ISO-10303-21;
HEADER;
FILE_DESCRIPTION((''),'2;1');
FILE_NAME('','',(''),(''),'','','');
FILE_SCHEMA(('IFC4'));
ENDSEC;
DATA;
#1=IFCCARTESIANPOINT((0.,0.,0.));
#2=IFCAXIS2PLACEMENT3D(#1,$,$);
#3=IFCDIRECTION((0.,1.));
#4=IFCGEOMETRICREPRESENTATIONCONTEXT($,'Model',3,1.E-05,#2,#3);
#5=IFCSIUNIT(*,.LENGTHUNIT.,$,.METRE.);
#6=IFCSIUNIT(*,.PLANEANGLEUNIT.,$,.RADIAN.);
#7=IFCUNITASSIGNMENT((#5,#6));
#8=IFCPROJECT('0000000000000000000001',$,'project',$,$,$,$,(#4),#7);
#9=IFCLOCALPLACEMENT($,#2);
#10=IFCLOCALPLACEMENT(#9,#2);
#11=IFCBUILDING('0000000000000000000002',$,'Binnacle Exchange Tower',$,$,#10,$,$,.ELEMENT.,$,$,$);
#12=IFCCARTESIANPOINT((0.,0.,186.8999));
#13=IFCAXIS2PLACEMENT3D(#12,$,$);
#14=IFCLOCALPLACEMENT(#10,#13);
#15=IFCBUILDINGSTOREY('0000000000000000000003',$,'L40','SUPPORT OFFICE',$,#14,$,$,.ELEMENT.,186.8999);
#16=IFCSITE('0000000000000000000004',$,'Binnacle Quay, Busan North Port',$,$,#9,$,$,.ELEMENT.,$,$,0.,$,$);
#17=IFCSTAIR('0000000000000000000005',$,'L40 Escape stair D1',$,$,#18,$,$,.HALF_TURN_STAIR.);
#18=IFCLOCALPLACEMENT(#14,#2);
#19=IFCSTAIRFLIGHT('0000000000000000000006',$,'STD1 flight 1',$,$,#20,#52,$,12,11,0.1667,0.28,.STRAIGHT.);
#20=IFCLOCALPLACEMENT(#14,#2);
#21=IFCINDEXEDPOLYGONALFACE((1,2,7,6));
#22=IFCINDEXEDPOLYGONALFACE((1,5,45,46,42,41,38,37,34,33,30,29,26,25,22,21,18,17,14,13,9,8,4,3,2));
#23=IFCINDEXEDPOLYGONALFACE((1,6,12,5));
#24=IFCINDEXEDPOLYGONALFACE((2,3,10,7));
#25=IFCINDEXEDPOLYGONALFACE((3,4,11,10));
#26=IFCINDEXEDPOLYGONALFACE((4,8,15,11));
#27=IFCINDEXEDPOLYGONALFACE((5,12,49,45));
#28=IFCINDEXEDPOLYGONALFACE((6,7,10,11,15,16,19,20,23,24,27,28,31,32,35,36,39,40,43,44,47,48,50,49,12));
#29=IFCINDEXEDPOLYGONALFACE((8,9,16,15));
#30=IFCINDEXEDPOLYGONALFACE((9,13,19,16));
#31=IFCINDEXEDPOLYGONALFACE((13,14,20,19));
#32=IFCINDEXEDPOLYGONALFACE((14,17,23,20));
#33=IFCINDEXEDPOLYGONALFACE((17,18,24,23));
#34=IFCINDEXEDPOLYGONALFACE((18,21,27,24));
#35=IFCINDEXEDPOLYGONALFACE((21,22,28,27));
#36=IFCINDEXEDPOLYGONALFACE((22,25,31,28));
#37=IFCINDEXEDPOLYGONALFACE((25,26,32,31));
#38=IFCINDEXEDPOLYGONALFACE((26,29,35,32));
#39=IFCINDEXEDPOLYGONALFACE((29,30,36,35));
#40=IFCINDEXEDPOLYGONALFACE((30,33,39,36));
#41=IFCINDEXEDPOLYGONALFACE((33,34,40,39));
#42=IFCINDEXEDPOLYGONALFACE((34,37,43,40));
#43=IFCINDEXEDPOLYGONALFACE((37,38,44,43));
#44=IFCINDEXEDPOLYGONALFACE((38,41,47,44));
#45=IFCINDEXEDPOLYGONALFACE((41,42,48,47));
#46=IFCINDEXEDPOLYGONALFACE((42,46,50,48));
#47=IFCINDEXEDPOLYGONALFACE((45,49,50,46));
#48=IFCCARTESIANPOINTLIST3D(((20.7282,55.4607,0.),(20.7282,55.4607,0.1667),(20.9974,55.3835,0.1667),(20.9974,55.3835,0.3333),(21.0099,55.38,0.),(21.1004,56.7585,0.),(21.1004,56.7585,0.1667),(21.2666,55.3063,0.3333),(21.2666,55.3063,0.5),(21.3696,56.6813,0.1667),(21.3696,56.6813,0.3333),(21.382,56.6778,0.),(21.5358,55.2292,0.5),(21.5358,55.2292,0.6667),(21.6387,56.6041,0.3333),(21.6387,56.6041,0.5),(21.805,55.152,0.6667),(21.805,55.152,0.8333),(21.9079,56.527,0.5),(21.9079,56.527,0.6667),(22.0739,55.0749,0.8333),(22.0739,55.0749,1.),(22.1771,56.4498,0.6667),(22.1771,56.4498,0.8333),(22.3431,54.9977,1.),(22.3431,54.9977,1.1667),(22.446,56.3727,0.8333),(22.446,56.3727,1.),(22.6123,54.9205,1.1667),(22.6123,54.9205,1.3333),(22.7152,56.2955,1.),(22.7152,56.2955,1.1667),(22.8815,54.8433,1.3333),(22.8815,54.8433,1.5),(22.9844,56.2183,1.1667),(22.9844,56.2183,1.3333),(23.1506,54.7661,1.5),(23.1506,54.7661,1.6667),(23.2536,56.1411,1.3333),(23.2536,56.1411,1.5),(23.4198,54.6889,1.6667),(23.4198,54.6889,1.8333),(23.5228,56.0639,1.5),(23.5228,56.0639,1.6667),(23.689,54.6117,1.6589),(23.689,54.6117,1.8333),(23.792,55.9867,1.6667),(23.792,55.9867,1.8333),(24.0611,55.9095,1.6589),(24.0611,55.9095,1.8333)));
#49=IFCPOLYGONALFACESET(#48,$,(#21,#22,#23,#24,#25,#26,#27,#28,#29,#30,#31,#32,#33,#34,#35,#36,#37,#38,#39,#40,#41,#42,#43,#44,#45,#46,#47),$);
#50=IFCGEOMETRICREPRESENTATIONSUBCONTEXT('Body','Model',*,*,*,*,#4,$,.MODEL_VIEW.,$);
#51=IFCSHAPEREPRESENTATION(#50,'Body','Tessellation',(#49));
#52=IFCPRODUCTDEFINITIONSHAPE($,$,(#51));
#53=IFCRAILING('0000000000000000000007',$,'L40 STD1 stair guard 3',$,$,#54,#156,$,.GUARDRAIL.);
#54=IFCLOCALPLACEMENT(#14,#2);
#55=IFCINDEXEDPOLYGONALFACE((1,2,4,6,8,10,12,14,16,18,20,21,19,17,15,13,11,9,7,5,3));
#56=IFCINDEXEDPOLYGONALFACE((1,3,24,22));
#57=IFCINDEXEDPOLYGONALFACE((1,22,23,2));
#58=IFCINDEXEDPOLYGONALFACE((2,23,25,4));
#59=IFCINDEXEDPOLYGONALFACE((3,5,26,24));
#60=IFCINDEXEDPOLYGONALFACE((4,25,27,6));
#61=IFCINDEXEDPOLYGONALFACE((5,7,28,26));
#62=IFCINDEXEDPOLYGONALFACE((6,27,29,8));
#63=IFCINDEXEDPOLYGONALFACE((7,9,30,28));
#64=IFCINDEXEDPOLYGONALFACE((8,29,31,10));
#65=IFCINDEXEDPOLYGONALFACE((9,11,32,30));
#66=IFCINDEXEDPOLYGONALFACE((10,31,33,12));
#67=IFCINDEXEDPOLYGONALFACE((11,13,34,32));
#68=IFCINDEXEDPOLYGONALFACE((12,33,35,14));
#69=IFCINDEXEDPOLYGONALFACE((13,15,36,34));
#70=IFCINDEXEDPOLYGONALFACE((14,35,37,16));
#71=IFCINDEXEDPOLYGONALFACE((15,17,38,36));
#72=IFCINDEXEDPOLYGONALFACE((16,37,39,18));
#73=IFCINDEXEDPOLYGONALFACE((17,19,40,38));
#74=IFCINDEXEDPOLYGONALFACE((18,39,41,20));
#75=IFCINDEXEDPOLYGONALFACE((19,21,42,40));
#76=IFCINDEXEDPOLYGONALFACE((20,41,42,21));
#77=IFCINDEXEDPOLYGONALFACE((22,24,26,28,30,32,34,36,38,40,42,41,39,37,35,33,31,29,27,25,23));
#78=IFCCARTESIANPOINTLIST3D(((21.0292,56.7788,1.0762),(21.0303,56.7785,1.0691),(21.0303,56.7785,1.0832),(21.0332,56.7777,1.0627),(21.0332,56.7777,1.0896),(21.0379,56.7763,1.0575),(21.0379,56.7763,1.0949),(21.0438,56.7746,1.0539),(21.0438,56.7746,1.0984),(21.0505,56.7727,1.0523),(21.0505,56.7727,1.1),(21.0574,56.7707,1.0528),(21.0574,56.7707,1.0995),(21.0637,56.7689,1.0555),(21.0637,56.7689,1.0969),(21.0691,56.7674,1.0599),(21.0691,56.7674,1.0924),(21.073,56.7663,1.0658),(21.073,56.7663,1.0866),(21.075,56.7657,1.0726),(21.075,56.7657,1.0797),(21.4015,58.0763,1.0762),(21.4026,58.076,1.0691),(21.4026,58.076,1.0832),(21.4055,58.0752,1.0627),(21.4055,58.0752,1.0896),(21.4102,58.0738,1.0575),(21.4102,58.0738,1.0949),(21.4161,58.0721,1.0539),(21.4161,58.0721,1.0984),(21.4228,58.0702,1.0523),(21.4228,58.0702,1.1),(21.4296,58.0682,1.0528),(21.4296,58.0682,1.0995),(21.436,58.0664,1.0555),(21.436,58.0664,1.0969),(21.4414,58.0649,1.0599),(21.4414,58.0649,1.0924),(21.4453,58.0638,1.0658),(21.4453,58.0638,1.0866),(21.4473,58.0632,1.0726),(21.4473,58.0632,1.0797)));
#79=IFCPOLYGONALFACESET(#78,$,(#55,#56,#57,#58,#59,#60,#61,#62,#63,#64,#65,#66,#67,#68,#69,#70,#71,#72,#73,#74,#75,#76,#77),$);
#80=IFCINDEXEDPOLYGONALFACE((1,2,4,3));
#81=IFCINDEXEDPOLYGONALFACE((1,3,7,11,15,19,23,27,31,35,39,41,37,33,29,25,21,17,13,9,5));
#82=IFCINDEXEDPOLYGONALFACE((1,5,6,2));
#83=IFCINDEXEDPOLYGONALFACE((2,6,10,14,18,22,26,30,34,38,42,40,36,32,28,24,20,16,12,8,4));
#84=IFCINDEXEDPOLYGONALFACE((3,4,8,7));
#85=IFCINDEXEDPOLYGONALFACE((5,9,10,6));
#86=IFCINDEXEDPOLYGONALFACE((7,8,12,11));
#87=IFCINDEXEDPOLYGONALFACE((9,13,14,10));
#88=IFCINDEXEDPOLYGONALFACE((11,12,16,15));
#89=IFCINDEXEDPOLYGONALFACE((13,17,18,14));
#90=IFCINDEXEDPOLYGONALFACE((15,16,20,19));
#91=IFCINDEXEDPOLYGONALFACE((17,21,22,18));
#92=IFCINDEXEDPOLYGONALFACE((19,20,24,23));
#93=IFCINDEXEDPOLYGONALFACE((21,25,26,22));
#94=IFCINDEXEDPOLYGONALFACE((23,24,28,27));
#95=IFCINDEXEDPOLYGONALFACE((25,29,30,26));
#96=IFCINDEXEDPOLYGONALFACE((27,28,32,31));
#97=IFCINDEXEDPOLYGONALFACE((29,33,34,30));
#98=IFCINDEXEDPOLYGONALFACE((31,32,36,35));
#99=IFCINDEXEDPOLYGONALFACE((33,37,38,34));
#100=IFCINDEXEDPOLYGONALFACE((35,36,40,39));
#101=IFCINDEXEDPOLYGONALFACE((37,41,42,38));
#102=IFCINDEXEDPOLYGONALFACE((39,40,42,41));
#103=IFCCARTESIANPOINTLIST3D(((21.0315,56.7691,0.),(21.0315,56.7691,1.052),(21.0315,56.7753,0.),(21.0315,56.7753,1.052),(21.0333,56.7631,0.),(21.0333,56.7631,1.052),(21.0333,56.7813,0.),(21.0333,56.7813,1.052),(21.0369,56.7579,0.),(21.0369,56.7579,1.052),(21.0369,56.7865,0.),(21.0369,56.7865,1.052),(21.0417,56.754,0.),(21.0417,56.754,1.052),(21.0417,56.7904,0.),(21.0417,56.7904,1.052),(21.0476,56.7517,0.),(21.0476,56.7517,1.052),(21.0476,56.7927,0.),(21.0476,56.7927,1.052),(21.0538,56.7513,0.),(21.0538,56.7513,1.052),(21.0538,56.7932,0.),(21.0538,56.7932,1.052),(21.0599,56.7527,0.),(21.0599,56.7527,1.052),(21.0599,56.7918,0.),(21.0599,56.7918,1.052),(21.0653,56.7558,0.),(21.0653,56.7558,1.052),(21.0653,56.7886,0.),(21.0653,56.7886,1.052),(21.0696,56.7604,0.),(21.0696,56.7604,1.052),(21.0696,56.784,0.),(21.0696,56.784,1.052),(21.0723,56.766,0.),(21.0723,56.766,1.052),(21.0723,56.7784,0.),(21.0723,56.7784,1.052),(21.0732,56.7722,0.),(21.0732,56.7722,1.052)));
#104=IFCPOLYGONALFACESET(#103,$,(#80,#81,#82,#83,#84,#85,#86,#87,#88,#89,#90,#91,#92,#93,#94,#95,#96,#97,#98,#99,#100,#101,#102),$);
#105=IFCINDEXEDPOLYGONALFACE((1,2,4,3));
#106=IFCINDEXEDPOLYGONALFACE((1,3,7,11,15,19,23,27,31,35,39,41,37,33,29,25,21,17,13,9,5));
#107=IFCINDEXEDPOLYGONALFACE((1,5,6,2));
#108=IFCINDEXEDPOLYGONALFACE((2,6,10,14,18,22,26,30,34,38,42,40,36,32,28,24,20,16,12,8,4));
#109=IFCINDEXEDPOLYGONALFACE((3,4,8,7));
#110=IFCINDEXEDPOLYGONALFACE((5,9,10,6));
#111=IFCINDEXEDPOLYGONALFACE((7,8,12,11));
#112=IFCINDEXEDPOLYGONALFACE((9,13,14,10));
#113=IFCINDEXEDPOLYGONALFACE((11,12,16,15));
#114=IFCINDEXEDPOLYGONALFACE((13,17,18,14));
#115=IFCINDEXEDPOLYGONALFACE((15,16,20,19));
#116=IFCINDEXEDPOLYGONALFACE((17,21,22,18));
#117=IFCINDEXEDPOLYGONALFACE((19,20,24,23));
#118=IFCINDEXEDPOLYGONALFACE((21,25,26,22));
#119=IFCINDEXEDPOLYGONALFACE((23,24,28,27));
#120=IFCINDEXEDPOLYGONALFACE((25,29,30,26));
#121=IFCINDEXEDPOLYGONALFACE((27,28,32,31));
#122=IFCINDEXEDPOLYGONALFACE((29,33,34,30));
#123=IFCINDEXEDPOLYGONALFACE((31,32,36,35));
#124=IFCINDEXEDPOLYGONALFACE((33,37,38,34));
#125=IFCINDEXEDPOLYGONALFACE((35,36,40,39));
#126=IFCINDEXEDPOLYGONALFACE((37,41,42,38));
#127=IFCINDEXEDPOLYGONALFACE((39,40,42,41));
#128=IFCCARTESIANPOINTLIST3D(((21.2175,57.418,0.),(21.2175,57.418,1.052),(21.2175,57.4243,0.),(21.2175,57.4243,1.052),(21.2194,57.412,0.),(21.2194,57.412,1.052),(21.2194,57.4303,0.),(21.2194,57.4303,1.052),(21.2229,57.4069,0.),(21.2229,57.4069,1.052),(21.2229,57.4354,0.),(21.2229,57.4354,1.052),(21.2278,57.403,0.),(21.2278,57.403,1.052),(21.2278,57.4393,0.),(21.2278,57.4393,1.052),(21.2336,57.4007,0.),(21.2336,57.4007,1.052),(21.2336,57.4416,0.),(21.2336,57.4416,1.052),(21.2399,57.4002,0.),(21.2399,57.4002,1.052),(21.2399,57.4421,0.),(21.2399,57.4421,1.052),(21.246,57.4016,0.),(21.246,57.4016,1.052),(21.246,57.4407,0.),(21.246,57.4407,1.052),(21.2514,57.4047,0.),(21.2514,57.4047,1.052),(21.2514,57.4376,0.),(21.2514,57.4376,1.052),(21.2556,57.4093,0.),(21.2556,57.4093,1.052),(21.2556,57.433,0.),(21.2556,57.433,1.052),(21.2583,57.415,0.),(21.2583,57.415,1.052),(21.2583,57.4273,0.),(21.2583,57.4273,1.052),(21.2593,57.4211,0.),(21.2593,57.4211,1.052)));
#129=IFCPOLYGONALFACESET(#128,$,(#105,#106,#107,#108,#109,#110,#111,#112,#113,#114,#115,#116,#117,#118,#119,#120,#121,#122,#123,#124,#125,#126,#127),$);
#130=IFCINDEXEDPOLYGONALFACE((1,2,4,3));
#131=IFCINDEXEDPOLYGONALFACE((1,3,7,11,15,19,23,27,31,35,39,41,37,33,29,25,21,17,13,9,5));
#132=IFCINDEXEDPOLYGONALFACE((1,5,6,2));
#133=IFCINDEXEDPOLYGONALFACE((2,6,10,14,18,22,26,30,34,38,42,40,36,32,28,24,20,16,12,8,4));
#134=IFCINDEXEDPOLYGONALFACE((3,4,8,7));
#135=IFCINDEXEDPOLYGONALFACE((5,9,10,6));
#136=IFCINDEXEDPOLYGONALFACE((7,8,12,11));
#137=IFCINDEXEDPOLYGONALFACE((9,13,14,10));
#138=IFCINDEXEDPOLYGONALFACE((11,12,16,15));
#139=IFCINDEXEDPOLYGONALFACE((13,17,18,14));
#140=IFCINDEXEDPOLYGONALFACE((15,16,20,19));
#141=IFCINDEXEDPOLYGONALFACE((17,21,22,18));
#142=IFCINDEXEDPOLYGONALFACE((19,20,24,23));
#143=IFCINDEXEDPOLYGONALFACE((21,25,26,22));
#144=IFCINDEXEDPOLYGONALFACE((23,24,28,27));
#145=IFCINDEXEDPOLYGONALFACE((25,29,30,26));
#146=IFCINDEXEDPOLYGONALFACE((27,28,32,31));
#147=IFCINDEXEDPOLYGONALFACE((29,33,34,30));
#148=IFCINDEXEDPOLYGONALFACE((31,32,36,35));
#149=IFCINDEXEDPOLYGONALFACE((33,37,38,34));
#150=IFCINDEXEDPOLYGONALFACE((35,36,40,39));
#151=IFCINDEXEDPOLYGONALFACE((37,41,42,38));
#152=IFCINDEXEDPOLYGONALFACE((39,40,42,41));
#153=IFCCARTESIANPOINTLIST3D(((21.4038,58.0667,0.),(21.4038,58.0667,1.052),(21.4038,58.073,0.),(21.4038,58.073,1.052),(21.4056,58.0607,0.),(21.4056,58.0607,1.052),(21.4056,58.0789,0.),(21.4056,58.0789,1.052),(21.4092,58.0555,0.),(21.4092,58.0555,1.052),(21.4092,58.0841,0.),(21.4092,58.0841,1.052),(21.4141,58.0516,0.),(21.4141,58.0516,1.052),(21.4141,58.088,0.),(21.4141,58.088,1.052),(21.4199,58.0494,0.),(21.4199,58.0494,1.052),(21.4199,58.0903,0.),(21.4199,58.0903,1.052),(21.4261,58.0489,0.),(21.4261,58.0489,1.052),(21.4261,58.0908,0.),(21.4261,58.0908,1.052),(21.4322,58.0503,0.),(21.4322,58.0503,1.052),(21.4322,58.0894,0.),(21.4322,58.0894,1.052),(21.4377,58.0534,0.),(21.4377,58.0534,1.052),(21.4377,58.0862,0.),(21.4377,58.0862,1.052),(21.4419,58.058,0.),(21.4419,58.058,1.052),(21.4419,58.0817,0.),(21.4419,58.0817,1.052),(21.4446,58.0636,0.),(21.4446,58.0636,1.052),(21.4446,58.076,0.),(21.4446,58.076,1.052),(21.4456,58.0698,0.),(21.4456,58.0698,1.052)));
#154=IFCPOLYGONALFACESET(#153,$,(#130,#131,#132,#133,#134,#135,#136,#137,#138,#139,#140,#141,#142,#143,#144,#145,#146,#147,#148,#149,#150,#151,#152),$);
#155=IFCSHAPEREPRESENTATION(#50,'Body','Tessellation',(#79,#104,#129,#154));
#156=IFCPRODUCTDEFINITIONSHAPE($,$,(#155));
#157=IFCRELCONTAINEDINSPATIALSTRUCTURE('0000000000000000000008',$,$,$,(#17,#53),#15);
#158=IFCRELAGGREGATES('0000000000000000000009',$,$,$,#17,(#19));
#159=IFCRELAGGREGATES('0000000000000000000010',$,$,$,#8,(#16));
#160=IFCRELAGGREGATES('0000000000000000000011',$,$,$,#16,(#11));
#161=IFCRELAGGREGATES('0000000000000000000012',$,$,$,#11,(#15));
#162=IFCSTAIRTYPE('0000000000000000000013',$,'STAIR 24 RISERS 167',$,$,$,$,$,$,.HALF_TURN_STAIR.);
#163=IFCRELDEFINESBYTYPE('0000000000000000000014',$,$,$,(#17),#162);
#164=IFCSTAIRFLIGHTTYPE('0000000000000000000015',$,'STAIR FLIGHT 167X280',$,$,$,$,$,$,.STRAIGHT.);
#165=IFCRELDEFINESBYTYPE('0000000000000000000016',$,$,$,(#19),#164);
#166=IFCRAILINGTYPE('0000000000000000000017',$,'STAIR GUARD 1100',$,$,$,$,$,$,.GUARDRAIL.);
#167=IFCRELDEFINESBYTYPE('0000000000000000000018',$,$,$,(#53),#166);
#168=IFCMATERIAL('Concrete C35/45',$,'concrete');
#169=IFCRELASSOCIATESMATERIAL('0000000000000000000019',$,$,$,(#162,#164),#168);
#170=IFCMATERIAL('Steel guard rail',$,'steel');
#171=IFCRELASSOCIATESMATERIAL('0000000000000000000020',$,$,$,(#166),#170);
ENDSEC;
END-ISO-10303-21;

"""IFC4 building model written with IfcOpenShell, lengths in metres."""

from ifc_helpers import new_model, si_unit, direction, frame, origin, origin_2d, place, context, subcontext, project, spatial, polyline, circle, outline, extrude, material, type_object, element, aggregate, save


model = new_model("IFC4")

# Units and contexts
model_context = context("Model", 3, precision=1e-05, world=origin(), true_north=direction((0.0, 1.0)))
body_context = subcontext(model_context, "Body", "Model", "MODEL_VIEW")
ifc_project = project(units=[si_unit("LENGTHUNIT", "METRE"), si_unit("PLANEANGLEUNIT", "RADIAN")], contexts=[model_context])

# Site, building, storey
site_placement = place(None, origin())
site = spatial("IfcSite", under=ifc_project, at=site_placement, Name="Binnacle Quay, Busan North Port", CompositionType="ELEMENT", RefElevation=0.0)
building_placement = place(site_placement, origin())
building = spatial("IfcBuilding", under=site, at=building_placement, Name="Binnacle Exchange Tower", CompositionType="ELEMENT")
storey_placement = place(building_placement, frame((0.0, 0.0, 186.8999)))
storey = spatial("IfcBuildingStorey", under=building, at=storey_placement, Name="L40", Description="SUPPORT OFFICE", CompositionType="ELEMENT", Elevation=186.8999)

# Stair, stair flight
ifc_material_1 = material(Name="Concrete C35/45", Category="concrete")
stair_type = type_object("IfcStairType", Name="STAIR 24 RISERS 167", PredefinedType="HALF_TURN_STAIR", material=ifc_material_1)
stair_placement = place(storey_placement, origin())
stair = element("IfcStair", 1, at=stair_placement, inside=storey, type_object=stair_type, Name="L40 Escape stair D1", PredefinedType="HALF_TURN_STAIR")
stair_flight_type = type_object("IfcStairFlightType", Name="STAIR FLIGHT 167X280", PredefinedType="STRAIGHT", material=ifc_material_1)
stair_flight_placement = place(storey_placement, frame((20.9143, 56.1096, 0.0), z_axis=(0.0, 0.0, 1.0), x_axis=(0.961262, -0.275637, 0.0)))
stair_flight = element("IfcStairFlight", 2, at=stair_flight_placement, type_object=stair_flight_type, Name="STD1 flight 1", NumberOfRisers=12, NumberOfTreads=11, PredefinedType="STRAIGHT", RiserHeight=0.1667, TreadLength=0.28, context=body_context, shape_type="SweptSolid", body=[
    extrude(outline(polyline([(0.0, 0.0), (0.0, 0.1667), (0.28, 0.1667), (0.28, 0.3333), (0.5601, 0.3333), (0.5601, 0.5), (0.8401, 0.5), (0.8401, 0.6667), (1.1201, 0.6667), (1.1201, 0.8333), (1.3999, 0.8333), (1.3999, 1.0), (1.6799, 1.0), (1.6799, 1.1667), (1.96, 1.1667), (1.96, 1.3333), (2.24, 1.3333), (2.24, 1.5), (2.52, 1.5), (2.52, 1.6667), (2.8, 1.6667), (2.8, 1.8333), (3.0801, 1.8333), (3.0801, 2.0), (3.0801, 1.6589), (0.293, 0.0), (0.0, 0.0)])), frame((0.0, 0.675, 0.0), z_axis=(0.0, -1.0, 0.0), x_axis=(1.0, 0.0, 0.0)), (0.0, 0.0, 1.0), 1.3501),
])
aggregate(stair, [stair_flight])

# Railing
ifc_material_2 = material(Name="Steel guard rail", Category="steel")
railing_type_1 = type_object("IfcRailingType", Name="STAIR GUARD 1100", PredefinedType="GUARDRAIL", material=ifc_material_2)
railing_1_placement = place(storey_placement, frame((21.0522, 56.7722, 0.0)))
element("IfcRailing", 3, at=railing_1_placement, inside=storey, type_object=railing_type_1, Name="L40 STD1 stair guard 3", PredefinedType="GUARDRAIL", context=body_context, shape_type="SweptSolid", body=[
    extrude(circle(Radius=0.0239, at=origin_2d()), frame((0.0, 0.0, 1.0762), z_axis=(0.275796, 0.961216, 0.0), x_axis=(-0.961216, 0.275796, 0.0)), (0.0, 0.0, 1.0), 1.3499),
    extrude(circle(Radius=0.021, at=origin_2d()), origin(), (0.0, 0.0, 1.0), 1.052),
    extrude(circle(Radius=0.021, at=origin_2d()), frame((0.186, 0.6489, 0.0)), (0.0, 0.0, 1.0), 1.052),
    extrude(circle(Radius=0.021, at=origin_2d()), frame((0.3723, 1.2976, 0.0)), (0.0, 0.0, 1.0), 1.052),
])

save(model, "model.ifc")
